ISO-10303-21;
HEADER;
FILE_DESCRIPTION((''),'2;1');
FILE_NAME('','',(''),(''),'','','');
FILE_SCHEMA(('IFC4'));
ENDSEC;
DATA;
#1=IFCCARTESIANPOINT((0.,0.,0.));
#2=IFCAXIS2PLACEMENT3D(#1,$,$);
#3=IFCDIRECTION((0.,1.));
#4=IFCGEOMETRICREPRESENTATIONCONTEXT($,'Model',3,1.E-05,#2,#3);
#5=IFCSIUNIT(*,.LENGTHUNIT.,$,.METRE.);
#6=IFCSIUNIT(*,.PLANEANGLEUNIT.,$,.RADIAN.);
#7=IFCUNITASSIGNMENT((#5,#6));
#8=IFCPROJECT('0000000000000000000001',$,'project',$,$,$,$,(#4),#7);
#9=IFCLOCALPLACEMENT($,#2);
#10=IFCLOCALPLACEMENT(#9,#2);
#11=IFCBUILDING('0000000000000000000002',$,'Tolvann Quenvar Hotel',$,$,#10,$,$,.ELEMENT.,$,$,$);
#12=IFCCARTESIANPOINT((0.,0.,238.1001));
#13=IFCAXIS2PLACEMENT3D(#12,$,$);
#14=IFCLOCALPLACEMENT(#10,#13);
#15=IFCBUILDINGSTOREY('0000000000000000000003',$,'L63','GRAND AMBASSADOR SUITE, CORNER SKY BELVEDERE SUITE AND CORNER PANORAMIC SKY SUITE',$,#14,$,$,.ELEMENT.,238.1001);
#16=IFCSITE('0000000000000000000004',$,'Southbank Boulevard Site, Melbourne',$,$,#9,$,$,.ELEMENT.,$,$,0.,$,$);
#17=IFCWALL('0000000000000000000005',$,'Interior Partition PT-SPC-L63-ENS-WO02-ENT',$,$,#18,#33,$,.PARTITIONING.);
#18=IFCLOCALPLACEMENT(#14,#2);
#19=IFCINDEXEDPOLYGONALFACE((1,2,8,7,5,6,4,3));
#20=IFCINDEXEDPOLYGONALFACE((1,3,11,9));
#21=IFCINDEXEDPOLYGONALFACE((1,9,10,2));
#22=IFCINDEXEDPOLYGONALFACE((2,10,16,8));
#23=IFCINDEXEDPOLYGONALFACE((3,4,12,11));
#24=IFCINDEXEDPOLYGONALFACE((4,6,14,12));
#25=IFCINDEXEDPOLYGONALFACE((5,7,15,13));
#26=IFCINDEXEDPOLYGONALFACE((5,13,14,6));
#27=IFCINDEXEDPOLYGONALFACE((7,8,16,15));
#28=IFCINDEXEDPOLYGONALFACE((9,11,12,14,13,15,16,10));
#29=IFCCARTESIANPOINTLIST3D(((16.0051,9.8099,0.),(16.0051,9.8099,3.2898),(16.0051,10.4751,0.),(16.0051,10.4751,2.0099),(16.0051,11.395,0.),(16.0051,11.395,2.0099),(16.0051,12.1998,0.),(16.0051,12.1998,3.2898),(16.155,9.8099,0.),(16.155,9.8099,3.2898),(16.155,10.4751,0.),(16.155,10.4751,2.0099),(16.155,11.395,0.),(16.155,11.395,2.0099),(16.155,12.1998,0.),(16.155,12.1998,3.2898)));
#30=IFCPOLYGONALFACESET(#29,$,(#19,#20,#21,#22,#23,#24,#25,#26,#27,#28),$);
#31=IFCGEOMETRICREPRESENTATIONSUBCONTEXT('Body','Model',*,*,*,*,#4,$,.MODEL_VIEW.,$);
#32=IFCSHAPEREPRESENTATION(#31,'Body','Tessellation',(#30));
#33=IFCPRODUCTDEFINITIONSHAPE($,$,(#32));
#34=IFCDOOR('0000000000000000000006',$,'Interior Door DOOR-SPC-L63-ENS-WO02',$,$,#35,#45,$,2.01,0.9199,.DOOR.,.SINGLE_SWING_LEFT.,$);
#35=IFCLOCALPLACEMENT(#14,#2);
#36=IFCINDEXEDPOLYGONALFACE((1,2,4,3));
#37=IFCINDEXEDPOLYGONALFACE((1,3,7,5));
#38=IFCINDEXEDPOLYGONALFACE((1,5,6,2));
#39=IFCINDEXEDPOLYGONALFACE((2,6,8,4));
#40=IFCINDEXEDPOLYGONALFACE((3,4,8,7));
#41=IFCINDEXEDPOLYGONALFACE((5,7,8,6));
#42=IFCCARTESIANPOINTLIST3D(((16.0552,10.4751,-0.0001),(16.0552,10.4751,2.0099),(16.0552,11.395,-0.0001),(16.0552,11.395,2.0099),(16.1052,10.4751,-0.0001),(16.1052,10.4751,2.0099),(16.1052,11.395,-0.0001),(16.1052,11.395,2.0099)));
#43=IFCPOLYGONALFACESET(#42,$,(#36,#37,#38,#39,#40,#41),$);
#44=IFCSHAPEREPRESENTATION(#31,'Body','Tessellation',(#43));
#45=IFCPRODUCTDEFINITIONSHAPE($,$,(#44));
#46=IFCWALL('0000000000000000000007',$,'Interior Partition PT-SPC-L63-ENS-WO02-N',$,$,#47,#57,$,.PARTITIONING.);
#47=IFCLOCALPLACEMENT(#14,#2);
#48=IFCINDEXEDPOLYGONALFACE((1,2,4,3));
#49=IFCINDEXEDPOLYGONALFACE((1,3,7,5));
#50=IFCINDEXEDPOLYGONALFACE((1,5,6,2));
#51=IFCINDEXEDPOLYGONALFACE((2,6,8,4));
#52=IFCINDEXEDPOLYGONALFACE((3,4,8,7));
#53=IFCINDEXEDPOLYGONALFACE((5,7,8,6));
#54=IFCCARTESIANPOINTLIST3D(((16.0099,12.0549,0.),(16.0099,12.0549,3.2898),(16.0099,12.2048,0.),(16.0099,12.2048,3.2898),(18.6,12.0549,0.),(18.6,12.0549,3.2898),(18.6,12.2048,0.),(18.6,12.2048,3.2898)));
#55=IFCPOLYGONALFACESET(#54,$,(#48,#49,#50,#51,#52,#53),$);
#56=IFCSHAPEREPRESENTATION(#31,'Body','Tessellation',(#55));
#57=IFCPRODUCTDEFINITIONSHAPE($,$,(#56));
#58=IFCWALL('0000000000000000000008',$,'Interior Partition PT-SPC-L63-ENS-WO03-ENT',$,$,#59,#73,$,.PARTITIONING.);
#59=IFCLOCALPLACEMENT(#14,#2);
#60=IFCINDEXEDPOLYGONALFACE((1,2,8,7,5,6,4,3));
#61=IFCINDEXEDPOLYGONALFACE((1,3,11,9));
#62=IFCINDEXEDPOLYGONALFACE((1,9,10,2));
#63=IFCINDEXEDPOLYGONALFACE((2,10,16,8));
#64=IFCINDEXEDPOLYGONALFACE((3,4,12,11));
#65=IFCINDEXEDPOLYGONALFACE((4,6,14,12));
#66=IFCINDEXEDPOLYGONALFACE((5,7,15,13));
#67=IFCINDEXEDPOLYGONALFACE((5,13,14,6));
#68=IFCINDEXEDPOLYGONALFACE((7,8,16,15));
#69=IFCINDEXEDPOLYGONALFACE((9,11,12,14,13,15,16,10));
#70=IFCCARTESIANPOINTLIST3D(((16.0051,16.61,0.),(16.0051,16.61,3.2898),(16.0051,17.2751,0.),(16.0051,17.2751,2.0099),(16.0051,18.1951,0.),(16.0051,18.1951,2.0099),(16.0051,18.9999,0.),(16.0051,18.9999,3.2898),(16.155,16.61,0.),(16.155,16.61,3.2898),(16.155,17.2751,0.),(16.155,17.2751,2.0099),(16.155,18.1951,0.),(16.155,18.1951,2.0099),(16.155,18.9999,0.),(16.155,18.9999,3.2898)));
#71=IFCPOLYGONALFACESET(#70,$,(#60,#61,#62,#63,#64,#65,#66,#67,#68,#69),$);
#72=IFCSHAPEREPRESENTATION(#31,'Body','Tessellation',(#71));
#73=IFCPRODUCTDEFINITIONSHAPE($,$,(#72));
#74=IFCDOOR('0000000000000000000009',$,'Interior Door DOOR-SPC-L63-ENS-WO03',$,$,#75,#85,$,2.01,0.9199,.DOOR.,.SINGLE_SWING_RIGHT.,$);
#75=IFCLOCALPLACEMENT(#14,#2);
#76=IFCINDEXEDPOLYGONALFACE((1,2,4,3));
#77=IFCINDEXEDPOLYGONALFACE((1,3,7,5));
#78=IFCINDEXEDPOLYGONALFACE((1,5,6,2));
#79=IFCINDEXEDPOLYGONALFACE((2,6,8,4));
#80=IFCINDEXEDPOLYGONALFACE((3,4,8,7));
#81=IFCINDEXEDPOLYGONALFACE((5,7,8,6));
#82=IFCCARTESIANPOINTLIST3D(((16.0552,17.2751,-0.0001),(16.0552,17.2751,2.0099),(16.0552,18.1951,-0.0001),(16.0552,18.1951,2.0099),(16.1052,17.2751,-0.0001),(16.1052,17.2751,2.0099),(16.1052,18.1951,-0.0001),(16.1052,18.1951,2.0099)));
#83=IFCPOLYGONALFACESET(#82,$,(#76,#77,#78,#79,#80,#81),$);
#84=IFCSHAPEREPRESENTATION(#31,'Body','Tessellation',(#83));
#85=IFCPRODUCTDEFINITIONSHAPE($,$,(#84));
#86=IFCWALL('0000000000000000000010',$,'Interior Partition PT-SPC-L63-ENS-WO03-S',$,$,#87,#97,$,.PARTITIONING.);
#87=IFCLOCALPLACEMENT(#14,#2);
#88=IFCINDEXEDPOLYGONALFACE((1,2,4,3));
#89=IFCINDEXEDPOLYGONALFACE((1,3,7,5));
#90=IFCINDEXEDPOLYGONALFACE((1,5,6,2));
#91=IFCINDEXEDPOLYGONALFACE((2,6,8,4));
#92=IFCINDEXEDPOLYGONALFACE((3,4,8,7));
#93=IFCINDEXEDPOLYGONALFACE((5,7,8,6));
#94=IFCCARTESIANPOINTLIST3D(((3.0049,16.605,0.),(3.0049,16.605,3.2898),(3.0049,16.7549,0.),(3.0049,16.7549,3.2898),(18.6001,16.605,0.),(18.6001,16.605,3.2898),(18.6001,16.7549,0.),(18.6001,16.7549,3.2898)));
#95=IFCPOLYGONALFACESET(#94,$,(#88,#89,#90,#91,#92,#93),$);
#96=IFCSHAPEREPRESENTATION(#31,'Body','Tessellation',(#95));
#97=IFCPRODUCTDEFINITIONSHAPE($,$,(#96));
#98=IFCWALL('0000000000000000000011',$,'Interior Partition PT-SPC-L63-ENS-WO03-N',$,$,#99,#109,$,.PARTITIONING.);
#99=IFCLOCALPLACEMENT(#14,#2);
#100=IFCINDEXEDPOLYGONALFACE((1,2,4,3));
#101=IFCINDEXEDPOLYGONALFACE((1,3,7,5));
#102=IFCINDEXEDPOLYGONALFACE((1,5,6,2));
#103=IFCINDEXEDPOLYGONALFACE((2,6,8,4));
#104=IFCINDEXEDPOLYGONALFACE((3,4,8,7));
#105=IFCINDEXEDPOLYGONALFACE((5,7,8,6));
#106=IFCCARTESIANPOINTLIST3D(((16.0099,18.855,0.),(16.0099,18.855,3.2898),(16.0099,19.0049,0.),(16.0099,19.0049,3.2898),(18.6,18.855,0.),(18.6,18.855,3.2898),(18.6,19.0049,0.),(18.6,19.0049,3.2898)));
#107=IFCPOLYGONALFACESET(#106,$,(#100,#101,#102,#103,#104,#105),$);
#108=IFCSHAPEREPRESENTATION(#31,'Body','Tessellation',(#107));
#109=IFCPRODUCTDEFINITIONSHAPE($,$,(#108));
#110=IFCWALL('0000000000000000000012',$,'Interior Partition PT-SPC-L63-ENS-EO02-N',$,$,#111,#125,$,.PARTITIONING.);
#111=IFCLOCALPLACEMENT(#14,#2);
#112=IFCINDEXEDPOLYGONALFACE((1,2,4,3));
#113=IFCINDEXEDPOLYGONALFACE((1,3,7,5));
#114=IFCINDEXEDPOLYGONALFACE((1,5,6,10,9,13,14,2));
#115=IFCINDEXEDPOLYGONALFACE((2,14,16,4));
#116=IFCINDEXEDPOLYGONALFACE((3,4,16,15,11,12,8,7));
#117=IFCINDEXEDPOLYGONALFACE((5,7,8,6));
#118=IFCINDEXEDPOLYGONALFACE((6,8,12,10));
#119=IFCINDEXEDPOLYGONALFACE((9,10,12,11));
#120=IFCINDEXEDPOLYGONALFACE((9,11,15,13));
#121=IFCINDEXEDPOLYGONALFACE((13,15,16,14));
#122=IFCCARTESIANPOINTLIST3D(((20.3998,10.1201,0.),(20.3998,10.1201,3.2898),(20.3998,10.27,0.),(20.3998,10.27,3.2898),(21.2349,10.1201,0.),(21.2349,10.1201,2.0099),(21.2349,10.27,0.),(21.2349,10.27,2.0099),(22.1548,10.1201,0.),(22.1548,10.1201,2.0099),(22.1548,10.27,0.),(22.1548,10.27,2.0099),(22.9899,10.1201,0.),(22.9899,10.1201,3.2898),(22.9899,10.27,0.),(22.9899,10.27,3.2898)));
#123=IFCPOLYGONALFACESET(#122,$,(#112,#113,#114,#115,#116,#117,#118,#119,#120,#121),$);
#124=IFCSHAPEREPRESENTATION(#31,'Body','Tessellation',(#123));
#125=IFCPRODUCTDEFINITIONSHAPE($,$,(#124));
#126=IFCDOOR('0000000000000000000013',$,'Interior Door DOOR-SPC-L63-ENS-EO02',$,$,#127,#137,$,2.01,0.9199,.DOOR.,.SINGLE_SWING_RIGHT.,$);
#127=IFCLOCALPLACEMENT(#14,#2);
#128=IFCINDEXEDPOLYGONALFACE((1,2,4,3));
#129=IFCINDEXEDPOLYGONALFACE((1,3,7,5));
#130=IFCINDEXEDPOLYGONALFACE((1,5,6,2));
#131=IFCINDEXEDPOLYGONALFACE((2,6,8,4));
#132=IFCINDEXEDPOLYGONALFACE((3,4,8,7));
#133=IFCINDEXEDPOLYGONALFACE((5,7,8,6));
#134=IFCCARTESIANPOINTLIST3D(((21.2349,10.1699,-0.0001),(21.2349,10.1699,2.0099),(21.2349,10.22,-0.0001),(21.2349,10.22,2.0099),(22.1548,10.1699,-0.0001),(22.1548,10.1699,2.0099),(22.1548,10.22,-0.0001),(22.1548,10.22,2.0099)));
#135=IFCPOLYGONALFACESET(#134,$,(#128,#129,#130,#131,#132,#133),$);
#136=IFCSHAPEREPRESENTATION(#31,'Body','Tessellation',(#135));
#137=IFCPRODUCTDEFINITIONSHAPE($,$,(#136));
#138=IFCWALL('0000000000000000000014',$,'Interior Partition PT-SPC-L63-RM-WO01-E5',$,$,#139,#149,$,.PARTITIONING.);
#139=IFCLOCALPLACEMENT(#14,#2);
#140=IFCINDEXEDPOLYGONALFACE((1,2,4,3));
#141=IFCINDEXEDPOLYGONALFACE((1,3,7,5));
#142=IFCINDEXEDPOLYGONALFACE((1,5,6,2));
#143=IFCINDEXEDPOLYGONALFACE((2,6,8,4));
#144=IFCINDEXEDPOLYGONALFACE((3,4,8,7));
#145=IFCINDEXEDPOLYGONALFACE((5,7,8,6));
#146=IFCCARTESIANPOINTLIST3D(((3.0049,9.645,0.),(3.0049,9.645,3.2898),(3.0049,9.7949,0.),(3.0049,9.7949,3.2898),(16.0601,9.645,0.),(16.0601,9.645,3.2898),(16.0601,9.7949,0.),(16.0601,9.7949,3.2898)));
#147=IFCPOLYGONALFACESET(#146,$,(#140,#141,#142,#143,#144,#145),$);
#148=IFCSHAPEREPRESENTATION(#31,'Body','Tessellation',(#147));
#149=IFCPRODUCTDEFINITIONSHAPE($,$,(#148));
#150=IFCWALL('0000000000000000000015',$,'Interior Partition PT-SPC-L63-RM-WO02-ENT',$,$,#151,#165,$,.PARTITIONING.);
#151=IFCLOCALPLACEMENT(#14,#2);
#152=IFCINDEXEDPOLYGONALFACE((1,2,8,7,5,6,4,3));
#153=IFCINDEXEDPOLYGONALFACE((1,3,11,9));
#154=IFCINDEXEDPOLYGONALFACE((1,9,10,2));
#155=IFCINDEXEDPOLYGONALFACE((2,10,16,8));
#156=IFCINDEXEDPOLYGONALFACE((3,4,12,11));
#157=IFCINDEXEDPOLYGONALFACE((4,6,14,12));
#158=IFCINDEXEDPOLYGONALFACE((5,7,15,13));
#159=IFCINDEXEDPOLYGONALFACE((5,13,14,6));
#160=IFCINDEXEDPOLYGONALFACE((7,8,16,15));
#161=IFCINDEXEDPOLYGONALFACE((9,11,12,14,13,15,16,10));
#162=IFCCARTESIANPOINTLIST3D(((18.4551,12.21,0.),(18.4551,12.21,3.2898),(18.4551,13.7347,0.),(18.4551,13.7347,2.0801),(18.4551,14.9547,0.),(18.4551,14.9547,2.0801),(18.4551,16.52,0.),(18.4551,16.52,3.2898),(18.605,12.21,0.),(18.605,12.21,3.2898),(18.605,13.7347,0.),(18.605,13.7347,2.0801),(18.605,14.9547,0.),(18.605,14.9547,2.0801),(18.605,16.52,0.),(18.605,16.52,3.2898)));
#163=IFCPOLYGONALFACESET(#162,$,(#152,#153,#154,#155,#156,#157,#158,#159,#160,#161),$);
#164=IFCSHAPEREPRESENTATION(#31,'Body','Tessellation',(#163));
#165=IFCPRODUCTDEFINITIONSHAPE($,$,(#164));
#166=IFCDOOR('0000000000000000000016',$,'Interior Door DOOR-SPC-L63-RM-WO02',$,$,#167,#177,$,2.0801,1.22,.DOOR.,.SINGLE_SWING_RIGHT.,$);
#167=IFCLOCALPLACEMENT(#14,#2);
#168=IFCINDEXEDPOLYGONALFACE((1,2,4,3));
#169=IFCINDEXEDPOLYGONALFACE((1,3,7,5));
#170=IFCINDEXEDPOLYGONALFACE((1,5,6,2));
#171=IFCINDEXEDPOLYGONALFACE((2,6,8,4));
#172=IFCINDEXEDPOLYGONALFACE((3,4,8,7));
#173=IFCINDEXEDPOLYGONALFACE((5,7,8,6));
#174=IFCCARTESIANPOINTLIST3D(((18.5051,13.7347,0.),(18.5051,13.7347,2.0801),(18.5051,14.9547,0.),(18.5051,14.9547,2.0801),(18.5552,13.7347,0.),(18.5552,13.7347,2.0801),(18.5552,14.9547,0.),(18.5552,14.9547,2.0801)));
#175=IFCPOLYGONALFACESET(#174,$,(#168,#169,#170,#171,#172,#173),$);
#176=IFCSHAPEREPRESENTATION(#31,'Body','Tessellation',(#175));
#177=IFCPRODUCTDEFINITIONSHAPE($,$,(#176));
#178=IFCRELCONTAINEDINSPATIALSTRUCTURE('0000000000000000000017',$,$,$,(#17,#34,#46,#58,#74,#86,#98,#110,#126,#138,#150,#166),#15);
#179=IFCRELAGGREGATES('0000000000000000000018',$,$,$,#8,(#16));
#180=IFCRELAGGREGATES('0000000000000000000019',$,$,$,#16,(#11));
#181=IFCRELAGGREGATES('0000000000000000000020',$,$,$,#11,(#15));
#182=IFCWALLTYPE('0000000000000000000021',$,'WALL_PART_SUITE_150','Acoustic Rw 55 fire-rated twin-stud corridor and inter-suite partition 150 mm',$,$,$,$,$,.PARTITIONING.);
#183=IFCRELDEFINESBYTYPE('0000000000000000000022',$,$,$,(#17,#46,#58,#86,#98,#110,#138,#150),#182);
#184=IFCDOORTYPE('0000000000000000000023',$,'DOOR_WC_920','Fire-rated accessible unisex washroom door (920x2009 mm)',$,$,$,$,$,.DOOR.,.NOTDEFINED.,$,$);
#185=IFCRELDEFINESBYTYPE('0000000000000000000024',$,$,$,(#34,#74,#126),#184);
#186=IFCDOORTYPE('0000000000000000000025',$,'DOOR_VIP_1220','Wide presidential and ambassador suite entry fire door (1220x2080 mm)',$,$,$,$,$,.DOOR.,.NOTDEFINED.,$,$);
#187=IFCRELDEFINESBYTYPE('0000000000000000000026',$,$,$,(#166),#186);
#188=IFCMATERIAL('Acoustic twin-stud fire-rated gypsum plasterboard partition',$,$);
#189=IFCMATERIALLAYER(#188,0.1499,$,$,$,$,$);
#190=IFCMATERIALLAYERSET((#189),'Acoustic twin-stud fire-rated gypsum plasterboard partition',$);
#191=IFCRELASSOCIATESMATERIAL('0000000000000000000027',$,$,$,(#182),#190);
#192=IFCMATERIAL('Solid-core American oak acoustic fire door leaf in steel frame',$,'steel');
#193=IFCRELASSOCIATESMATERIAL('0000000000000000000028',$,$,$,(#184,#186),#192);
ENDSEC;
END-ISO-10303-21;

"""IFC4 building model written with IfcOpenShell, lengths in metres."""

from ifc_helpers import new_model, si_unit, direction, frame, frame_2d, origin, place, context, subcontext, project, spatial, rectangle, extrude, source, transform, mapped, material, layer, layer_set, type_object, type_shapes, element, fill, save


model = new_model("IFC4")

# Units and contexts
model_context = context("Model", 3, precision=1e-05, world=origin(), true_north=direction((0.0, 1.0)))
body_context = subcontext(model_context, "Body", "Model", "MODEL_VIEW")
ifc_project = project(units=[si_unit("LENGTHUNIT", "METRE"), si_unit("PLANEANGLEUNIT", "RADIAN")], contexts=[model_context])

# Site, building, storey
site_placement = place(None, origin())
site = spatial("IfcSite", under=ifc_project, at=site_placement, Name="Southbank Boulevard Site, Melbourne", CompositionType="ELEMENT", RefElevation=0.0)
building_placement = place(site_placement, origin())
building = spatial("IfcBuilding", under=site, at=building_placement, Name="Tolvann Quenvar Hotel", CompositionType="ELEMENT")
storey_placement = place(building_placement, frame((0.0, 0.0, 238.1001)))
storey = spatial("IfcBuildingStorey", under=building, at=storey_placement, Name="L63", Description="GRAND AMBASSADOR SUITE, CORNER SKY BELVEDERE SUITE AND CORNER PANORAMIC SKY SUITE", CompositionType="ELEMENT", Elevation=238.1001)

# Wall, opening, door
ifc_material_1 = material(Name="Acoustic twin-stud fire-rated gypsum plasterboard partition")
ifc_layer_1 = layer(ifc_material_1, 0.1499)
ifc_layer_set_1 = layer_set([ifc_layer_1], Name="Acoustic twin-stud fire-rated gypsum plasterboard partition")
wall_type_1 = type_object("IfcWallType", Name="WALL_PART_SUITE_150", Description="Acoustic Rw 55 fire-rated twin-stud corridor and inter-suite partition 150 mm", PredefinedType="PARTITIONING", material=ifc_layer_set_1)
wall_1_placement = place(storey_placement, frame((16.0801, 9.8101, 0.0), z_axis=(0.0, 0.0, 1.0), x_axis=(0.0, 1.0, 0.0)))
wall_1 = element("IfcWall", 1, at=wall_1_placement, inside=storey, type_object=wall_type_1, Name="Interior Partition PT-SPC-L63-ENS-WO02-ENT", PredefinedType="PARTITIONING", context=body_context, shape_type="SweptSolid", body=[
    extrude(rectangle(XDim=2.3899, YDim=0.1499, at=frame_2d((1.1948, 0.0))), origin(), (0.0, 0.0, 1.0), 3.2898),
])
opening_1_placement = place(wall_1_placement, frame((0.665, 0.0, 0.0)))
opening_1 = element("IfcOpeningElement", 2, at=opening_1_placement, cuts=wall_1, PredefinedType="OPENING", context=body_context, shape_type="SweptSolid", body=[
    extrude(rectangle(XDim=0.9199, YDim=2.01, at=frame_2d((0.46, 1.0049))), frame((0.0, 0.085, 0.0), z_axis=(0.0, -1.0, 0.0), x_axis=(1.0, 0.0, 0.0)), (0.0, 0.0, 1.0), 0.1699),
])
ifc_material_2 = material(Name="Solid-core American oak acoustic fire door leaf in steel frame", Category="steel")
door_type_1 = type_object("IfcDoorType", Name="DOOR_WC_920", Description="Fire-rated accessible unisex washroom door (920x2009 mm)", OperationType="NOTDEFINED", PredefinedType="DOOR", material=ifc_material_2)
shared_shape_1 = source(origin(), body_context, "Body", "SweptSolid", [
    extrude(rectangle(XDim=0.9199, YDim=2.01, at=frame_2d((0.46, 1.0049))), frame((0.0, 0.0249, 0.0), z_axis=(0.0, -1.0, 0.0), x_axis=(1.0, 0.0, 0.0)), (0.0, 0.0, 1.0), 0.05),
])
type_shapes(door_type_1, [shared_shape_1])
door_1_placement = place(opening_1_placement, origin())
door_1 = element("IfcDoor", 3, at=door_1_placement, inside=storey, type_object=door_type_1, Name="Interior Door DOOR-SPC-L63-ENS-WO02", OperationType="SINGLE_SWING_LEFT", OverallHeight=2.01, OverallWidth=0.9199, PredefinedType="DOOR", context=body_context, shape_type="MappedRepresentation", body=[
    mapped(shared_shape_1, transform((0.0, 0.0, 0.0), x_axis=(1.0, 0.0, 0.0), y_axis=(0.0, 1.0, 0.0), z_axis=(0.0, 0.0, 1.0), scale=1.0)),
])
fill(opening_1, door_1)

# Wall
wall_2_placement = place(storey_placement, frame((16.01, 12.1299, 0.0), z_axis=(0.0, 0.0, 1.0), x_axis=(1.0, 0.0, 0.0)))
element("IfcWall", 4, at=wall_2_placement, inside=storey, type_object=wall_type_1, Name="Interior Partition PT-SPC-L63-ENS-WO02-N", PredefinedType="PARTITIONING", context=body_context, shape_type="SweptSolid", body=[
    extrude(rectangle(XDim=2.5901, YDim=0.1499, at=frame_2d((1.2949, 0.0))), origin(), (0.0, 0.0, 1.0), 3.2898),
])

# Wall, opening, door
wall_3_placement = place(storey_placement, frame((16.0801, 16.6101, 0.0), z_axis=(0.0, 0.0, 1.0), x_axis=(0.0, 1.0, 0.0)))
wall_3 = element("IfcWall", 5, at=wall_3_placement, inside=storey, type_object=wall_type_1, Name="Interior Partition PT-SPC-L63-ENS-WO03-ENT", PredefinedType="PARTITIONING", context=body_context, shape_type="SweptSolid", body=[
    extrude(rectangle(XDim=2.3899, YDim=0.1499, at=frame_2d((1.1948, 0.0))), origin(), (0.0, 0.0, 1.0), 3.2898),
])
opening_2_placement = place(wall_3_placement, frame((0.665, 0.0, 0.0)))
opening_2 = element("IfcOpeningElement", 6, at=opening_2_placement, cuts=wall_3, PredefinedType="OPENING", context=body_context, shape_type="SweptSolid", body=[
    extrude(rectangle(XDim=0.9199, YDim=2.01, at=frame_2d((0.46, 1.0049))), frame((0.0, 0.085, 0.0), z_axis=(0.0, -1.0, 0.0), x_axis=(1.0, 0.0, 0.0)), (0.0, 0.0, 1.0), 0.1699),
])
door_2_placement = place(opening_2_placement, origin())
door_2 = element("IfcDoor", 7, at=door_2_placement, inside=storey, type_object=door_type_1, Name="Interior Door DOOR-SPC-L63-ENS-WO03", OperationType="SINGLE_SWING_RIGHT", OverallHeight=2.01, OverallWidth=0.9199, PredefinedType="DOOR", context=body_context, shape_type="MappedRepresentation", body=[
    mapped(shared_shape_1, transform((0.0, 0.0, 0.0), x_axis=(1.0, 0.0, 0.0), y_axis=(0.0, 1.0, 0.0), z_axis=(0.0, 0.0, 1.0), scale=1.0)),
])
fill(opening_2, door_2)

# Walls
wall_4_placement = place(storey_placement, frame((3.0049, 16.6799, 0.0), z_axis=(0.0, 0.0, 1.0), x_axis=(1.0, 0.0, 0.0)))
element("IfcWall", 8, at=wall_4_placement, inside=storey, type_object=wall_type_1, Name="Interior Partition PT-SPC-L63-ENS-WO03-S", PredefinedType="PARTITIONING", context=body_context, shape_type="SweptSolid", body=[
    extrude(rectangle(XDim=15.5952, YDim=0.1499, at=frame_2d((7.7976, 0.0))), origin(), (0.0, 0.0, 1.0), 3.2898),
])
wall_5_placement = place(storey_placement, frame((16.01, 18.9299, 0.0), z_axis=(0.0, 0.0, 1.0), x_axis=(1.0, 0.0, 0.0)))
element("IfcWall", 9, at=wall_5_placement, inside=storey, type_object=wall_type_1, Name="Interior Partition PT-SPC-L63-ENS-WO03-N", PredefinedType="PARTITIONING", context=body_context, shape_type="SweptSolid", body=[
    extrude(rectangle(XDim=2.5901, YDim=0.1499, at=frame_2d((1.2949, 0.0))), origin(), (0.0, 0.0, 1.0), 3.2898),
])

# Wall, opening, door
wall_6_placement = place(storey_placement, frame((20.3999, 10.1951, 0.0), z_axis=(0.0, 0.0, 1.0), x_axis=(1.0, 0.0, 0.0)))
wall_6 = element("IfcWall", 10, at=wall_6_placement, inside=storey, type_object=wall_type_1, Name="Interior Partition PT-SPC-L63-ENS-EO02-N", PredefinedType="PARTITIONING", context=body_context, shape_type="SweptSolid", body=[
    extrude(rectangle(XDim=2.5901, YDim=0.1499, at=frame_2d((1.2949, 0.0))), origin(), (0.0, 0.0, 1.0), 3.2898),
])
opening_3_placement = place(wall_6_placement, frame((0.835, 0.0, 0.0)))
opening_3 = element("IfcOpeningElement", 11, at=opening_3_placement, cuts=wall_6, PredefinedType="OPENING", context=body_context, shape_type="SweptSolid", body=[
    extrude(rectangle(XDim=0.9199, YDim=2.01, at=frame_2d((0.46, 1.0049))), frame((0.0, 0.085, 0.0), z_axis=(0.0, -1.0, 0.0), x_axis=(1.0, 0.0, 0.0)), (0.0, 0.0, 1.0), 0.1699),
])
door_3_placement = place(opening_3_placement, origin())
door_3 = element("IfcDoor", 12, at=door_3_placement, inside=storey, type_object=door_type_1, Name="Interior Door DOOR-SPC-L63-ENS-EO02", OperationType="SINGLE_SWING_RIGHT", OverallHeight=2.01, OverallWidth=0.9199, PredefinedType="DOOR", context=body_context, shape_type="MappedRepresentation", body=[
    mapped(shared_shape_1, transform((0.0, 0.0, 0.0), x_axis=(1.0, 0.0, 0.0), y_axis=(0.0, 1.0, 0.0), z_axis=(0.0, 0.0, 1.0), scale=1.0)),
])
fill(opening_3, door_3)

# Wall
wall_7_placement = place(storey_placement, frame((3.0049, 9.72, 0.0), z_axis=(0.0, 0.0, 1.0), x_axis=(1.0, 0.0, 0.0)))
element("IfcWall", 13, at=wall_7_placement, inside=storey, type_object=wall_type_1, Name="Interior Partition PT-SPC-L63-RM-WO01-E5", PredefinedType="PARTITIONING", context=body_context, shape_type="SweptSolid", body=[
    extrude(rectangle(XDim=13.0552, YDim=0.1499, at=frame_2d((6.5276, 0.0))), origin(), (0.0, 0.0, 1.0), 3.2898),
])

# Wall, opening, door
wall_8_placement = place(storey_placement, frame((18.53, 12.21, 0.0), z_axis=(0.0, 0.0, 1.0), x_axis=(0.0, 1.0, 0.0)))
wall_8 = element("IfcWall", 14, at=wall_8_placement, inside=storey, type_object=wall_type_1, Name="Interior Partition PT-SPC-L63-RM-WO02-ENT", PredefinedType="PARTITIONING", context=body_context, shape_type="SweptSolid", body=[
    extrude(rectangle(XDim=4.3101, YDim=0.1499, at=frame_2d((2.155, 0.0))), origin(), (0.0, 0.0, 1.0), 3.2898),
])
opening_4_placement = place(wall_8_placement, frame((1.5249, 0.0, 0.0)))
opening_4 = element("IfcOpeningElement", 15, at=opening_4_placement, cuts=wall_8, PredefinedType="OPENING", context=body_context, shape_type="SweptSolid", body=[
    extrude(rectangle(XDim=1.22, YDim=2.0801, at=frame_2d((0.6099, 1.04))), frame((0.0, 0.085, 0.0), z_axis=(0.0, -1.0, 0.0), x_axis=(1.0, 0.0, 0.0)), (0.0, 0.0, 1.0), 0.1699),
])
door_type_2 = type_object("IfcDoorType", Name="DOOR_VIP_1220", Description="Wide presidential and ambassador suite entry fire door (1220x2080 mm)", OperationType="NOTDEFINED", PredefinedType="DOOR", material=ifc_material_2)
shared_shape_2 = source(origin(), body_context, "Body", "SweptSolid", [
    extrude(rectangle(XDim=1.22, YDim=2.0801, at=frame_2d((0.6099, 1.04))), frame((0.0, 0.0249, 0.0), z_axis=(0.0, -1.0, 0.0), x_axis=(1.0, 0.0, 0.0)), (0.0, 0.0, 1.0), 0.05),
])
type_shapes(door_type_2, [shared_shape_2])
door_4_placement = place(opening_4_placement, origin())
door_4 = element("IfcDoor", 16, at=door_4_placement, inside=storey, type_object=door_type_2, Name="Interior Door DOOR-SPC-L63-RM-WO02", OperationType="SINGLE_SWING_RIGHT", OverallHeight=2.0801, OverallWidth=1.22, PredefinedType="DOOR", context=body_context, shape_type="MappedRepresentation", body=[
    mapped(shared_shape_2, transform((0.0, 0.0, 0.0), x_axis=(1.0, 0.0, 0.0), y_axis=(0.0, 1.0, 0.0), z_axis=(0.0, 0.0, 1.0), scale=1.0)),
])
fill(opening_4, door_4)

save(model, "model.ifc")
